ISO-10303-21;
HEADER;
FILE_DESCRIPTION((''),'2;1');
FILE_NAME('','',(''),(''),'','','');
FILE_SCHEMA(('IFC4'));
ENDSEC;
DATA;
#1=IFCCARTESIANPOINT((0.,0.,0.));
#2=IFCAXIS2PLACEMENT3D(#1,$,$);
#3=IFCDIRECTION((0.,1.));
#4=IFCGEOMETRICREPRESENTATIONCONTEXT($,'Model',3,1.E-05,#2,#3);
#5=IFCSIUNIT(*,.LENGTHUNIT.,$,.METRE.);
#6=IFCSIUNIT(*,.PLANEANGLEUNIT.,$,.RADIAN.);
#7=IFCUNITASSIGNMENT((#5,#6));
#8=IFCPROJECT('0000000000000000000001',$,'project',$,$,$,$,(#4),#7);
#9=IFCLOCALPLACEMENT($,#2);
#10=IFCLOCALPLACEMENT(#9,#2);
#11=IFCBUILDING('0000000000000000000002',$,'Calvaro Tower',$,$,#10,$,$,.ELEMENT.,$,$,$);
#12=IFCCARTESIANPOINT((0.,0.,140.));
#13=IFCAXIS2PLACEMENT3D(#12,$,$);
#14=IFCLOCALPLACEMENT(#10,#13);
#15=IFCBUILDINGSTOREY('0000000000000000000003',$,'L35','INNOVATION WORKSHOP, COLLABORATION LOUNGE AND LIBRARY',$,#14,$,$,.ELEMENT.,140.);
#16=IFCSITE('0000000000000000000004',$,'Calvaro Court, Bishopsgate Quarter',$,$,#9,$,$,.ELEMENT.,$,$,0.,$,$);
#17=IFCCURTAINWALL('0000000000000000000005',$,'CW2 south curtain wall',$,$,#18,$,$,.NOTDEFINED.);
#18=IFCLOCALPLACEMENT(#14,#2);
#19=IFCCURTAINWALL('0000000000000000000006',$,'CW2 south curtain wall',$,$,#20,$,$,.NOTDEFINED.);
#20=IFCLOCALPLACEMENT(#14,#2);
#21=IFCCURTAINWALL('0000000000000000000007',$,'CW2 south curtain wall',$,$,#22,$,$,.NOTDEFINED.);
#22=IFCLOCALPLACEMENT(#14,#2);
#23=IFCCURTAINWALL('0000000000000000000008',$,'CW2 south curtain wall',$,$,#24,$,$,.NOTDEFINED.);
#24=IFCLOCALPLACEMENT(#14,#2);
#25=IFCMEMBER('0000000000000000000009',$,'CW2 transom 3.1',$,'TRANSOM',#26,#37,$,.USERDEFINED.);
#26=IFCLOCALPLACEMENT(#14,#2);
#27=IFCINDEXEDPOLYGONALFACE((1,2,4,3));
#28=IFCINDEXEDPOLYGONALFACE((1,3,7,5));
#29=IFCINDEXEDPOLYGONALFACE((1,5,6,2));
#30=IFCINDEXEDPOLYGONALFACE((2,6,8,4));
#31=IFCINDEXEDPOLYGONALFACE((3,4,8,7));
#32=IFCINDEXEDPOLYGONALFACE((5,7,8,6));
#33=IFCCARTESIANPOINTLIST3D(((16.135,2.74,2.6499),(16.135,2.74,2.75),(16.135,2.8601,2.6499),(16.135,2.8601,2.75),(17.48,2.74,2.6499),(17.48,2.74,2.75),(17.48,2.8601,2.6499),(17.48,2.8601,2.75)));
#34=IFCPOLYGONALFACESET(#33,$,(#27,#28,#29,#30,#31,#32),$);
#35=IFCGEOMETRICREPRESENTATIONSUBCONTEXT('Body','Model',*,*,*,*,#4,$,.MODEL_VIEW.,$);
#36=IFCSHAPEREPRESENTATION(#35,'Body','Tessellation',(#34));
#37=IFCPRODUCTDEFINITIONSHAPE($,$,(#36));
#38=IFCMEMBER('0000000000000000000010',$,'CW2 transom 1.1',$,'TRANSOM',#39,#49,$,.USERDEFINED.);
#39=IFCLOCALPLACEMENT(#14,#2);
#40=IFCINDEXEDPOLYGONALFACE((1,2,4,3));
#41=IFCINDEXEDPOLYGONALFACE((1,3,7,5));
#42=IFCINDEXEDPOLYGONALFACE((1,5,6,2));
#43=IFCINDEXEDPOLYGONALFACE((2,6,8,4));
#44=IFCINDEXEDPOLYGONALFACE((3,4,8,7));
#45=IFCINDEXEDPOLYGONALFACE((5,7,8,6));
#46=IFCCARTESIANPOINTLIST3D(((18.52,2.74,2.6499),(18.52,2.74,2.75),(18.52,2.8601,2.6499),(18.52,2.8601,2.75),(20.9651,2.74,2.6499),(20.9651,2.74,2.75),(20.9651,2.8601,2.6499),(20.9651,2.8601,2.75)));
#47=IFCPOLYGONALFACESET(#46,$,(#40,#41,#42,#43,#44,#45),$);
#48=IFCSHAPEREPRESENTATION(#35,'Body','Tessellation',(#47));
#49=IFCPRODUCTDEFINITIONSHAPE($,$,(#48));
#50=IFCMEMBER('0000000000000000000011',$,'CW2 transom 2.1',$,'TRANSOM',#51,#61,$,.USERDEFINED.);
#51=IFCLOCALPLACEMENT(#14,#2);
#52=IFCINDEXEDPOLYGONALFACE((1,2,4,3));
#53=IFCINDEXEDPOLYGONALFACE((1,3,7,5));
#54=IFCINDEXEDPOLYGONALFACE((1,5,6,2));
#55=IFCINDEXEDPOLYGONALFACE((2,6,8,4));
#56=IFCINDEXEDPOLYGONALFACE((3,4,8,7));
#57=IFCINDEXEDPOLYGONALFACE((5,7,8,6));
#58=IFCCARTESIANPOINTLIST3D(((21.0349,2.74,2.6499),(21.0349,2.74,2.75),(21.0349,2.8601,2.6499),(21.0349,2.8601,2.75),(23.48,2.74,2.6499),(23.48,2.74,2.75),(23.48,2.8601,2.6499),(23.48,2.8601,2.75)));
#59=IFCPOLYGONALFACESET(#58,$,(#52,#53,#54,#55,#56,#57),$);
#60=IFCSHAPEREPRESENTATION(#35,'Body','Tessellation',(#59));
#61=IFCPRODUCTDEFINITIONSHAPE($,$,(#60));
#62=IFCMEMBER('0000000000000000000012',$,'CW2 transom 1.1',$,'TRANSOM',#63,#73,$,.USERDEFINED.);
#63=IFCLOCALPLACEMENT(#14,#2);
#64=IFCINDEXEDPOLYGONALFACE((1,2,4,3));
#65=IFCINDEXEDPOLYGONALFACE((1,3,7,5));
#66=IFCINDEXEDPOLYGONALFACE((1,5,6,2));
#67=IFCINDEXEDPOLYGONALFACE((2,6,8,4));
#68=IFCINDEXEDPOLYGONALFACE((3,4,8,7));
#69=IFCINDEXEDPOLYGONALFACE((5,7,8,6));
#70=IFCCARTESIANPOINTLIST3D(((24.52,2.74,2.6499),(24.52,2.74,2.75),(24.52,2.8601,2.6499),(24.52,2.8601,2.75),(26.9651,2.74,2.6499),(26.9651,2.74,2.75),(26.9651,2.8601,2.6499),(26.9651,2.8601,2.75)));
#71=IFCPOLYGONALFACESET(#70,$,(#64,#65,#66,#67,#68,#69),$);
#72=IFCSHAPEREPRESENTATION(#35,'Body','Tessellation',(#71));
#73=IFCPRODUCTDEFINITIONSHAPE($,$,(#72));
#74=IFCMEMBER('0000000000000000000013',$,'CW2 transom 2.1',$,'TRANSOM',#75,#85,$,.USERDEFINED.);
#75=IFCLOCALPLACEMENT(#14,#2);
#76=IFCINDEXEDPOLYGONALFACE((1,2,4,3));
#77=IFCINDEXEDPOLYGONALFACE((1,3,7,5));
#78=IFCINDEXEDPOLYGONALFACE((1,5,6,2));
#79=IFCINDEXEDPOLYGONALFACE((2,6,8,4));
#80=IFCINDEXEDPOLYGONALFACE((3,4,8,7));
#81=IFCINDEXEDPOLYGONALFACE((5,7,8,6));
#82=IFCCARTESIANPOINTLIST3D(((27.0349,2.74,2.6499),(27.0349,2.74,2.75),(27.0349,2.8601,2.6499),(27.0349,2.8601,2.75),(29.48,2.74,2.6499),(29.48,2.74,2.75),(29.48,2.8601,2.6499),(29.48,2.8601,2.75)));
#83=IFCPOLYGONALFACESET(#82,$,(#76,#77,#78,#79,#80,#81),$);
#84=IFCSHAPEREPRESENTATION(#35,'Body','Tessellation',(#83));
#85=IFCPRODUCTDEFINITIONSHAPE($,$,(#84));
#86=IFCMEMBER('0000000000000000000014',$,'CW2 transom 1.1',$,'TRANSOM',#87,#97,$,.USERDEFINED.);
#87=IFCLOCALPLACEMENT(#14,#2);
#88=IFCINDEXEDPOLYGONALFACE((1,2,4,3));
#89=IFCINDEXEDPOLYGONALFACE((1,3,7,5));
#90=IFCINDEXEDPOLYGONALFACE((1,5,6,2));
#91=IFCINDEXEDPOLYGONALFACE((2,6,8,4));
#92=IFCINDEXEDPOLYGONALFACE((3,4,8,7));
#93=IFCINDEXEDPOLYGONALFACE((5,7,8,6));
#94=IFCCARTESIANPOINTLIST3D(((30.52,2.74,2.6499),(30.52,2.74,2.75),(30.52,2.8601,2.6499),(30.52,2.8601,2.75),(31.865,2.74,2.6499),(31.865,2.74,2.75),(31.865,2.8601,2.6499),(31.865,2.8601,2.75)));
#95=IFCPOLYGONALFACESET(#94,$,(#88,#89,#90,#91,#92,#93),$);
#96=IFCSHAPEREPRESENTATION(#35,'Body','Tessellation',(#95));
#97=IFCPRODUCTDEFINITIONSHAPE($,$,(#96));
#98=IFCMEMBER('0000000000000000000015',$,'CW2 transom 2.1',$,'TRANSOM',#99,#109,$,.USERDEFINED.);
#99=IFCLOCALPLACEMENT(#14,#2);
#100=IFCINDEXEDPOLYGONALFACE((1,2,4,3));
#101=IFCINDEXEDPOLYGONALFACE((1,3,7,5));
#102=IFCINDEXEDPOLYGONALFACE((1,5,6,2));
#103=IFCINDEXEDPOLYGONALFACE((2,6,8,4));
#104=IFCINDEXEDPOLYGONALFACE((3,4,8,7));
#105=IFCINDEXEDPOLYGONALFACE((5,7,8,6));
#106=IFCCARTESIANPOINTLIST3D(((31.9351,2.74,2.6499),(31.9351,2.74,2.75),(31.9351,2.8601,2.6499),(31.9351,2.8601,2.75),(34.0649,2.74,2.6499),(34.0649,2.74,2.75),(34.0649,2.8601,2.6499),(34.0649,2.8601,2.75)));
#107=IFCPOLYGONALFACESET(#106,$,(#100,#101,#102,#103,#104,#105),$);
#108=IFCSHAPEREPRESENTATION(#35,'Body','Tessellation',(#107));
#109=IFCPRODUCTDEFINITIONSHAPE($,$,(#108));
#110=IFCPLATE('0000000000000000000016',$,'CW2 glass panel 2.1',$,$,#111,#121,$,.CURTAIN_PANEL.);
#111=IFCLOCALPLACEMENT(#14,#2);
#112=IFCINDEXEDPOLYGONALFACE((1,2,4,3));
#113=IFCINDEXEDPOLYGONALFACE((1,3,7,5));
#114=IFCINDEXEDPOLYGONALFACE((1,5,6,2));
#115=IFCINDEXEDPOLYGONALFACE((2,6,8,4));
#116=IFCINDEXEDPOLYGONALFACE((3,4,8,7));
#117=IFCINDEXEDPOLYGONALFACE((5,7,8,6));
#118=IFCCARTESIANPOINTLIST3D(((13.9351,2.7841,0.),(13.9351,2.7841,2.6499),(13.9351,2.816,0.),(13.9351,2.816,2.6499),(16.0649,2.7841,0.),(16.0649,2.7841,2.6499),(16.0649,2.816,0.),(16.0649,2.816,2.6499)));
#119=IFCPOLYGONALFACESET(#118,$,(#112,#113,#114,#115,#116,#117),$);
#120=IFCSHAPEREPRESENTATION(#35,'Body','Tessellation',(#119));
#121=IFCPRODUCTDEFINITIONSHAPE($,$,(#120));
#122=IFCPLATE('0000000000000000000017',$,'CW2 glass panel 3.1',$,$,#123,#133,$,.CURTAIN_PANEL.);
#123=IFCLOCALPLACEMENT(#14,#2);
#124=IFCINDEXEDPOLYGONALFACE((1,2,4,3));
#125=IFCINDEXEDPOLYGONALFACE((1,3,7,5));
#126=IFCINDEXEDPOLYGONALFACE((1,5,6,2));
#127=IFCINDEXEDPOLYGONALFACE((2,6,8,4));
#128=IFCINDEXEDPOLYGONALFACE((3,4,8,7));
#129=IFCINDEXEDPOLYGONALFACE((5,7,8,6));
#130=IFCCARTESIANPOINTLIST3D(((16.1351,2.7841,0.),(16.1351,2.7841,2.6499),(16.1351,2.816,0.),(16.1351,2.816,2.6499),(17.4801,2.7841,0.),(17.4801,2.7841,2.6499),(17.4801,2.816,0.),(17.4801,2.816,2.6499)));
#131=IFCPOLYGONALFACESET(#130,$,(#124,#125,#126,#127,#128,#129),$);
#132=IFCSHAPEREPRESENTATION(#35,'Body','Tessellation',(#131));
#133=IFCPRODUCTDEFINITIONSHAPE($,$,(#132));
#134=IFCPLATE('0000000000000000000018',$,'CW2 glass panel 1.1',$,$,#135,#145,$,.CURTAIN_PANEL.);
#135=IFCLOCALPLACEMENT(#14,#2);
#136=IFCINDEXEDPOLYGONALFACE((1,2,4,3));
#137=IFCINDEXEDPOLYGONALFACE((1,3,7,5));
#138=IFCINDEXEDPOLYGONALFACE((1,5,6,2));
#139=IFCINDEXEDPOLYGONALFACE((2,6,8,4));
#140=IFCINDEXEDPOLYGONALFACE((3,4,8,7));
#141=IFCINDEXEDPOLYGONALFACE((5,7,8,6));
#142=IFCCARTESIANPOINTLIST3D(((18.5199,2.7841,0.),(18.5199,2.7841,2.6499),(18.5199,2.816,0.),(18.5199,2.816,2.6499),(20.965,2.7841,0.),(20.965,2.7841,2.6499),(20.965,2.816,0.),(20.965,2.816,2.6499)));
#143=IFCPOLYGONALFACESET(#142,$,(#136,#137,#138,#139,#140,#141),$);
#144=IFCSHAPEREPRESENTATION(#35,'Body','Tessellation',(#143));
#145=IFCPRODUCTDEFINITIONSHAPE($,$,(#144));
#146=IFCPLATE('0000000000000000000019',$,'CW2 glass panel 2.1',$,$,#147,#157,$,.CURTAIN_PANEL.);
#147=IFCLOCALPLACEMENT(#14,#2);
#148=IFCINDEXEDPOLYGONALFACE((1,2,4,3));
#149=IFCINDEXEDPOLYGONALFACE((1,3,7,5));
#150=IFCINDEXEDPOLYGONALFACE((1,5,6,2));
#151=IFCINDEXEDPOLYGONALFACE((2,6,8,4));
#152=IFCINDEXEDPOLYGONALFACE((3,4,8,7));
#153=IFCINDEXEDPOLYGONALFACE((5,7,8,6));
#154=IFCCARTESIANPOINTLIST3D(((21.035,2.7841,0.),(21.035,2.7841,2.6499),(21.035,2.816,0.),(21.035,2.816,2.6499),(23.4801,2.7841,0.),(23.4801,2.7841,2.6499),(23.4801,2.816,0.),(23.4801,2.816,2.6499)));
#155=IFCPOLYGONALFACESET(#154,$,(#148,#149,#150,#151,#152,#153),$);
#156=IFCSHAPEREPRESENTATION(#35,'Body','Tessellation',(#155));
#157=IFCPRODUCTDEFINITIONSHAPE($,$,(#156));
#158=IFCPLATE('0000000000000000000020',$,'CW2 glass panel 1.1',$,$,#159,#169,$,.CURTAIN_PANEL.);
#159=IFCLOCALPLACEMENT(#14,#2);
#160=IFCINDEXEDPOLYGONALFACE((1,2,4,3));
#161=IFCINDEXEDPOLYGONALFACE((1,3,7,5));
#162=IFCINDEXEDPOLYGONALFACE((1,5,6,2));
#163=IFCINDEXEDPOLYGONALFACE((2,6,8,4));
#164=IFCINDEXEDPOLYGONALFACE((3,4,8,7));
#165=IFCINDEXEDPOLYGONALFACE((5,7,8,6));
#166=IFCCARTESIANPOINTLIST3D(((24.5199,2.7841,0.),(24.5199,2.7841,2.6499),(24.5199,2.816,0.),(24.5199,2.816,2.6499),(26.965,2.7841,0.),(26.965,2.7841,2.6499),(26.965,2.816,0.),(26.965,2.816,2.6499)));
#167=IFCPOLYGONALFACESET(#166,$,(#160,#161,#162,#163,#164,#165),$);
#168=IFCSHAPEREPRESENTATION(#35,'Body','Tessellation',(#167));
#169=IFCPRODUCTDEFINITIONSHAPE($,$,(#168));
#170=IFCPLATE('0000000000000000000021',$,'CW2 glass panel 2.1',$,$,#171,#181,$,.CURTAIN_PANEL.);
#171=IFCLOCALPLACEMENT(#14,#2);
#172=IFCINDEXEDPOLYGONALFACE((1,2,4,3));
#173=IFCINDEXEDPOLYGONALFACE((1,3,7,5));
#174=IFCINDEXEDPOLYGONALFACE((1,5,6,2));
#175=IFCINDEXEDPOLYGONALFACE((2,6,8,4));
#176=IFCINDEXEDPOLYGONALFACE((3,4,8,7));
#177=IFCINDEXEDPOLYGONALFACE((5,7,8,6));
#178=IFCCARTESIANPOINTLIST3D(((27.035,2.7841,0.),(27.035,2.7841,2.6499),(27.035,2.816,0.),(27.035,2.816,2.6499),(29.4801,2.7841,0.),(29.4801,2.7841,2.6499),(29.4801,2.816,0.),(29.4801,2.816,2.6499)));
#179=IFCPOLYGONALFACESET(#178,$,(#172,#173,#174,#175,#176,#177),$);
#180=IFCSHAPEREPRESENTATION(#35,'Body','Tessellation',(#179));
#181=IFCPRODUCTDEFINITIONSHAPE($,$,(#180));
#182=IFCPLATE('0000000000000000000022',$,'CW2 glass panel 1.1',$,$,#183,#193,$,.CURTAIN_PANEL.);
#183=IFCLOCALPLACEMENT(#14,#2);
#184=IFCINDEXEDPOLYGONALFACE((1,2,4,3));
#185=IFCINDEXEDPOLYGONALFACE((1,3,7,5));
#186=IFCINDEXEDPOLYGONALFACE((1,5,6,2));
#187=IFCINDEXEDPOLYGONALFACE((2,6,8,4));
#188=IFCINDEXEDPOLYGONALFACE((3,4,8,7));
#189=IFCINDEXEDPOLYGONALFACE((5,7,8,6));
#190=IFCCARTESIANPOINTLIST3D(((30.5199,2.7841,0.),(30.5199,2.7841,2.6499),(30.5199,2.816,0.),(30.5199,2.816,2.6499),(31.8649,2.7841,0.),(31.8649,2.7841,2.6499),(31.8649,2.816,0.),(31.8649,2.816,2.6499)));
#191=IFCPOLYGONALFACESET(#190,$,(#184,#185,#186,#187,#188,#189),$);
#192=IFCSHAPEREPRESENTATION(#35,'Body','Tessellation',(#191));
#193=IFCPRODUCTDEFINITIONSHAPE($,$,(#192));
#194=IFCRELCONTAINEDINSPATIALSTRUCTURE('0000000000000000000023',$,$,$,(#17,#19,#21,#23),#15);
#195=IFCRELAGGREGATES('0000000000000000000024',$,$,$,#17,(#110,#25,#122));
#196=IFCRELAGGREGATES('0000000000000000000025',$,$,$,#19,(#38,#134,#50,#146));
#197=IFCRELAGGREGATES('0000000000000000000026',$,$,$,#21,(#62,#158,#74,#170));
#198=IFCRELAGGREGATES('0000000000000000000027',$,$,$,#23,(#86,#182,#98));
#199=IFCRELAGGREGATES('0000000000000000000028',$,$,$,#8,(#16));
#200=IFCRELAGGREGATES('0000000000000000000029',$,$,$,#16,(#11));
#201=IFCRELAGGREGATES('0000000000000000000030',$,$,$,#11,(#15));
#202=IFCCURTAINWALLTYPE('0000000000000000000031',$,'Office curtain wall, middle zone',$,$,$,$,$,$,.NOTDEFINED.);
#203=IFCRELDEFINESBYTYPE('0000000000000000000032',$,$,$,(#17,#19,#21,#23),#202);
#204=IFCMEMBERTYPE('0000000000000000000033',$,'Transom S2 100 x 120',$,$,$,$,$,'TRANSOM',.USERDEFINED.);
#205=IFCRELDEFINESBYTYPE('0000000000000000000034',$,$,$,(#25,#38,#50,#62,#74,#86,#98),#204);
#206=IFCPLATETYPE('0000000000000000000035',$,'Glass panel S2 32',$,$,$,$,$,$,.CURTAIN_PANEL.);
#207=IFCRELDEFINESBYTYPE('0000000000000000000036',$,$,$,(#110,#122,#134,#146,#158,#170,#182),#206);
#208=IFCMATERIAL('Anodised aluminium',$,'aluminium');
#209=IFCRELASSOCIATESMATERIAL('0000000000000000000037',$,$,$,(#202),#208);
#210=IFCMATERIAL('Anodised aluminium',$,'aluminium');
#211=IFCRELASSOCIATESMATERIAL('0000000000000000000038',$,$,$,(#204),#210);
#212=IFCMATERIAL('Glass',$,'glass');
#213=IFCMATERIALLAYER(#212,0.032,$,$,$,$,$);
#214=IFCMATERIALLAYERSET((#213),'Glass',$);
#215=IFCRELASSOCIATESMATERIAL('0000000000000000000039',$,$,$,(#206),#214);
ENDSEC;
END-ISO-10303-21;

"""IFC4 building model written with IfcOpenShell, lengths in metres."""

from ifc_helpers import new_model, si_unit, direction, frame, origin, origin_2d, place, context, subcontext, project, spatial, rectangle, extrude, material, layer, layer_set, material_profile, profile_set, type_object, element, aggregate, save


model = new_model("IFC4")

# Units and contexts
model_context = context("Model", 3, precision=1e-05, world=origin(), true_north=direction((0.0, 1.0)))
body_context = subcontext(model_context, "Body", "Model", "MODEL_VIEW")
ifc_project = project(units=[si_unit("LENGTHUNIT", "METRE"), si_unit("PLANEANGLEUNIT", "RADIAN")], contexts=[model_context])

# Site, building, storey
site_placement = place(None, origin())
site = spatial("IfcSite", under=ifc_project, at=site_placement, Name="Calvaro Court, Bishopsgate Quarter", CompositionType="ELEMENT", RefElevation=0.0)
building_placement = place(site_placement, origin())
building = spatial("IfcBuilding", under=site, at=building_placement, Name="Calvaro Tower", CompositionType="ELEMENT")
storey_placement = place(building_placement, frame((0.0, 0.0, 140.0)))
storey = spatial("IfcBuildingStorey", under=building, at=storey_placement, Name="L35", Description="INNOVATION WORKSHOP, COLLABORATION LOUNGE AND LIBRARY", CompositionType="ELEMENT", Elevation=140.0)

# Curtain walls
ifc_material_1 = material(Name="Anodised aluminium", Category="aluminium")
curtain_wall_type = type_object("IfcCurtainWallType", Name="Office curtain wall, middle zone", PredefinedType="NOTDEFINED", material=ifc_material_1)
curtain_wall_1_placement = place(storey_placement, origin())
curtain_wall_1 = element("IfcCurtainWall", 1, at=curtain_wall_1_placement, inside=storey, type_object=curtain_wall_type, Name="CW2 south curtain wall", PredefinedType="NOTDEFINED")
curtain_wall_2_placement = place(storey_placement, origin())
curtain_wall_2 = element("IfcCurtainWall", 2, at=curtain_wall_2_placement, inside=storey, type_object=curtain_wall_type, Name="CW2 south curtain wall", PredefinedType="NOTDEFINED")
curtain_wall_3_placement = place(storey_placement, origin())
curtain_wall_3 = element("IfcCurtainWall", 3, at=curtain_wall_3_placement, inside=storey, type_object=curtain_wall_type, Name="CW2 south curtain wall", PredefinedType="NOTDEFINED")
curtain_wall_4_placement = place(storey_placement, origin())
curtain_wall_4 = element("IfcCurtainWall", 4, at=curtain_wall_4_placement, inside=storey, type_object=curtain_wall_type, Name="CW2 south curtain wall", PredefinedType="NOTDEFINED")

# Members
ifc_material_2 = material(Name="Anodised aluminium", Category="aluminium")
ifc_material_profile_1 = material_profile(ifc_material_2, rectangle(XDim=0.1201, YDim=0.1001, at=origin_2d()), Name="Transom S2 100 x 120")
ifc_profile_set_1 = profile_set([ifc_material_profile_1], Name="Anodised aluminium")
member_type_1 = type_object("IfcMemberType", Name="Transom S2 100 x 120", ElementType="TRANSOM", PredefinedType="USERDEFINED", material=ifc_profile_set_1)
member_1_placement = place(storey_placement, frame((16.135, 2.8, 2.7), z_axis=(1.0, 0.0, 0.0), x_axis=(0.0, 1.0, 0.0)))
member_1 = element("IfcMember", 5, at=member_1_placement, type_object=member_type_1, Name="CW2 transom 3.1", ObjectType="TRANSOM", PredefinedType="USERDEFINED", context=body_context, shape_type="SweptSolid", body=[
    extrude(rectangle(XDim=0.1201, YDim=0.1001, at=origin_2d()), origin(), (0.0, 0.0, 1.0), 1.345),
])
member_2_placement = place(storey_placement, frame((18.52, 2.8, 2.7), z_axis=(1.0, 0.0, 0.0), x_axis=(0.0, 1.0, 0.0)))
member_2 = element("IfcMember", 6, at=member_2_placement, type_object=member_type_1, Name="CW2 transom 1.1", ObjectType="TRANSOM", PredefinedType="USERDEFINED", context=body_context, shape_type="SweptSolid", body=[
    extrude(rectangle(XDim=0.1201, YDim=0.1001, at=origin_2d()), origin(), (0.0, 0.0, 1.0), 2.4451),
])
member_3_placement = place(storey_placement, frame((21.0349, 2.8, 2.7), z_axis=(1.0, 0.0, 0.0), x_axis=(0.0, 1.0, 0.0)))
member_3 = element("IfcMember", 7, at=member_3_placement, type_object=member_type_1, Name="CW2 transom 2.1", ObjectType="TRANSOM", PredefinedType="USERDEFINED", context=body_context, shape_type="SweptSolid", body=[
    extrude(rectangle(XDim=0.1201, YDim=0.1001, at=origin_2d()), origin(), (0.0, 0.0, 1.0), 2.4451),
])
member_4_placement = place(storey_placement, frame((24.52, 2.8, 2.7), z_axis=(1.0, 0.0, 0.0), x_axis=(0.0, 1.0, 0.0)))
member_4 = element("IfcMember", 8, at=member_4_placement, type_object=member_type_1, Name="CW2 transom 1.1", ObjectType="TRANSOM", PredefinedType="USERDEFINED", context=body_context, shape_type="SweptSolid", body=[
    extrude(rectangle(XDim=0.1201, YDim=0.1001, at=origin_2d()), origin(), (0.0, 0.0, 1.0), 2.4451),
])
member_5_placement = place(storey_placement, frame((27.0349, 2.8, 2.7), z_axis=(1.0, 0.0, 0.0), x_axis=(0.0, 1.0, 0.0)))
member_5 = element("IfcMember", 9, at=member_5_placement, type_object=member_type_1, Name="CW2 transom 2.1", ObjectType="TRANSOM", PredefinedType="USERDEFINED", context=body_context, shape_type="SweptSolid", body=[
    extrude(rectangle(XDim=0.1201, YDim=0.1001, at=origin_2d()), origin(), (0.0, 0.0, 1.0), 2.4451),
])
member_6_placement = place(storey_placement, frame((30.52, 2.8, 2.7), z_axis=(1.0, 0.0, 0.0), x_axis=(0.0, 1.0, 0.0)))
member_6 = element("IfcMember", 10, at=member_6_placement, type_object=member_type_1, Name="CW2 transom 1.1", ObjectType="TRANSOM", PredefinedType="USERDEFINED", context=body_context, shape_type="SweptSolid", body=[
    extrude(rectangle(XDim=0.1201, YDim=0.1001, at=origin_2d()), origin(), (0.0, 0.0, 1.0), 1.345),
])
member_7_placement = place(storey_placement, frame((31.9351, 2.8, 2.7), z_axis=(1.0, 0.0, 0.0), x_axis=(0.0, 1.0, 0.0)))
member_7 = element("IfcMember", 11, at=member_7_placement, type_object=member_type_1, Name="CW2 transom 2.1", ObjectType="TRANSOM", PredefinedType="USERDEFINED", context=body_context, shape_type="SweptSolid", body=[
    extrude(rectangle(XDim=0.1201, YDim=0.1001, at=origin_2d()), origin(), (0.0, 0.0, 1.0), 2.1299),
])

# Plates
ifc_material_3 = material(Name="Glass", Category="glass")
ifc_layer = layer(ifc_material_3, 0.032)
ifc_layer_set = layer_set([ifc_layer], Name="Glass")
plate_type = type_object("IfcPlateType", Name="Glass panel S2 32", PredefinedType="CURTAIN_PANEL", material=ifc_layer_set)
plate_1_placement = place(storey_placement, frame((15.0, 2.8, 0.0), z_axis=(0.0, 0.0, 1.0), x_axis=(1.0, 0.0, 0.0)))
plate_1 = element("IfcPlate", 12, at=plate_1_placement, type_object=plate_type, Name="CW2 glass panel 2.1", PredefinedType="CURTAIN_PANEL", context=body_context, shape_type="SweptSolid", body=[
    extrude(rectangle(XDim=2.1299, YDim=0.032, at=origin_2d()), origin(), (0.0, 0.0, 1.0), 2.6499),
])
plate_2_placement = place(storey_placement, frame((16.8076, 2.8, 0.0), z_axis=(0.0, 0.0, 1.0), x_axis=(1.0, 0.0, 0.0)))
plate_2 = element("IfcPlate", 13, at=plate_2_placement, type_object=plate_type, Name="CW2 glass panel 3.1", PredefinedType="CURTAIN_PANEL", context=body_context, shape_type="SweptSolid", body=[
    extrude(rectangle(XDim=1.345, YDim=0.032, at=origin_2d()), origin(), (0.0, 0.0, 1.0), 2.6499),
])
aggregate(curtain_wall_1, [plate_1, member_1, plate_2])
plate_3_placement = place(storey_placement, frame((19.7424, 2.8, 0.0), z_axis=(0.0, 0.0, 1.0), x_axis=(1.0, 0.0, 0.0)))
plate_3 = element("IfcPlate", 14, at=plate_3_placement, type_object=plate_type, Name="CW2 glass panel 1.1", PredefinedType="CURTAIN_PANEL", context=body_context, shape_type="SweptSolid", body=[
    extrude(rectangle(XDim=2.4451, YDim=0.032, at=origin_2d()), origin(), (0.0, 0.0, 1.0), 2.6499),
])
plate_4_placement = place(storey_placement, frame((22.2576, 2.8, 0.0), z_axis=(0.0, 0.0, 1.0), x_axis=(1.0, 0.0, 0.0)))
plate_4 = element("IfcPlate", 15, at=plate_4_placement, type_object=plate_type, Name="CW2 glass panel 2.1", PredefinedType="CURTAIN_PANEL", context=body_context, shape_type="SweptSolid", body=[
    extrude(rectangle(XDim=2.4451, YDim=0.032, at=origin_2d()), origin(), (0.0, 0.0, 1.0), 2.6499),
])
aggregate(curtain_wall_2, [member_2, plate_3, member_3, plate_4])
plate_5_placement = place(storey_placement, frame((25.7424, 2.8, 0.0), z_axis=(0.0, 0.0, 1.0), x_axis=(1.0, 0.0, 0.0)))
plate_5 = element("IfcPlate", 16, at=plate_5_placement, type_object=plate_type, Name="CW2 glass panel 1.1", PredefinedType="CURTAIN_PANEL", context=body_context, shape_type="SweptSolid", body=[
    extrude(rectangle(XDim=2.4451, YDim=0.032, at=origin_2d()), origin(), (0.0, 0.0, 1.0), 2.6499),
])
plate_6_placement = place(storey_placement, frame((28.2576, 2.8, 0.0), z_axis=(0.0, 0.0, 1.0), x_axis=(1.0, 0.0, 0.0)))
plate_6 = element("IfcPlate", 17, at=plate_6_placement, type_object=plate_type, Name="CW2 glass panel 2.1", PredefinedType="CURTAIN_PANEL", context=body_context, shape_type="SweptSolid", body=[
    extrude(rectangle(XDim=2.4451, YDim=0.032, at=origin_2d()), origin(), (0.0, 0.0, 1.0), 2.6499),
])
aggregate(curtain_wall_3, [member_4, plate_5, member_5, plate_6])
plate_7_placement = place(storey_placement, frame((31.1924, 2.8, 0.0), z_axis=(0.0, 0.0, 1.0), x_axis=(1.0, 0.0, 0.0)))
plate_7 = element("IfcPlate", 18, at=plate_7_placement, type_object=plate_type, Name="CW2 glass panel 1.1", PredefinedType="CURTAIN_PANEL", context=body_context, shape_type="SweptSolid", body=[
    extrude(rectangle(XDim=1.345, YDim=0.032, at=origin_2d()), origin(), (0.0, 0.0, 1.0), 2.6499),
])
aggregate(curtain_wall_4, [member_6, plate_7, member_7])

save(model, "model.ifc")
